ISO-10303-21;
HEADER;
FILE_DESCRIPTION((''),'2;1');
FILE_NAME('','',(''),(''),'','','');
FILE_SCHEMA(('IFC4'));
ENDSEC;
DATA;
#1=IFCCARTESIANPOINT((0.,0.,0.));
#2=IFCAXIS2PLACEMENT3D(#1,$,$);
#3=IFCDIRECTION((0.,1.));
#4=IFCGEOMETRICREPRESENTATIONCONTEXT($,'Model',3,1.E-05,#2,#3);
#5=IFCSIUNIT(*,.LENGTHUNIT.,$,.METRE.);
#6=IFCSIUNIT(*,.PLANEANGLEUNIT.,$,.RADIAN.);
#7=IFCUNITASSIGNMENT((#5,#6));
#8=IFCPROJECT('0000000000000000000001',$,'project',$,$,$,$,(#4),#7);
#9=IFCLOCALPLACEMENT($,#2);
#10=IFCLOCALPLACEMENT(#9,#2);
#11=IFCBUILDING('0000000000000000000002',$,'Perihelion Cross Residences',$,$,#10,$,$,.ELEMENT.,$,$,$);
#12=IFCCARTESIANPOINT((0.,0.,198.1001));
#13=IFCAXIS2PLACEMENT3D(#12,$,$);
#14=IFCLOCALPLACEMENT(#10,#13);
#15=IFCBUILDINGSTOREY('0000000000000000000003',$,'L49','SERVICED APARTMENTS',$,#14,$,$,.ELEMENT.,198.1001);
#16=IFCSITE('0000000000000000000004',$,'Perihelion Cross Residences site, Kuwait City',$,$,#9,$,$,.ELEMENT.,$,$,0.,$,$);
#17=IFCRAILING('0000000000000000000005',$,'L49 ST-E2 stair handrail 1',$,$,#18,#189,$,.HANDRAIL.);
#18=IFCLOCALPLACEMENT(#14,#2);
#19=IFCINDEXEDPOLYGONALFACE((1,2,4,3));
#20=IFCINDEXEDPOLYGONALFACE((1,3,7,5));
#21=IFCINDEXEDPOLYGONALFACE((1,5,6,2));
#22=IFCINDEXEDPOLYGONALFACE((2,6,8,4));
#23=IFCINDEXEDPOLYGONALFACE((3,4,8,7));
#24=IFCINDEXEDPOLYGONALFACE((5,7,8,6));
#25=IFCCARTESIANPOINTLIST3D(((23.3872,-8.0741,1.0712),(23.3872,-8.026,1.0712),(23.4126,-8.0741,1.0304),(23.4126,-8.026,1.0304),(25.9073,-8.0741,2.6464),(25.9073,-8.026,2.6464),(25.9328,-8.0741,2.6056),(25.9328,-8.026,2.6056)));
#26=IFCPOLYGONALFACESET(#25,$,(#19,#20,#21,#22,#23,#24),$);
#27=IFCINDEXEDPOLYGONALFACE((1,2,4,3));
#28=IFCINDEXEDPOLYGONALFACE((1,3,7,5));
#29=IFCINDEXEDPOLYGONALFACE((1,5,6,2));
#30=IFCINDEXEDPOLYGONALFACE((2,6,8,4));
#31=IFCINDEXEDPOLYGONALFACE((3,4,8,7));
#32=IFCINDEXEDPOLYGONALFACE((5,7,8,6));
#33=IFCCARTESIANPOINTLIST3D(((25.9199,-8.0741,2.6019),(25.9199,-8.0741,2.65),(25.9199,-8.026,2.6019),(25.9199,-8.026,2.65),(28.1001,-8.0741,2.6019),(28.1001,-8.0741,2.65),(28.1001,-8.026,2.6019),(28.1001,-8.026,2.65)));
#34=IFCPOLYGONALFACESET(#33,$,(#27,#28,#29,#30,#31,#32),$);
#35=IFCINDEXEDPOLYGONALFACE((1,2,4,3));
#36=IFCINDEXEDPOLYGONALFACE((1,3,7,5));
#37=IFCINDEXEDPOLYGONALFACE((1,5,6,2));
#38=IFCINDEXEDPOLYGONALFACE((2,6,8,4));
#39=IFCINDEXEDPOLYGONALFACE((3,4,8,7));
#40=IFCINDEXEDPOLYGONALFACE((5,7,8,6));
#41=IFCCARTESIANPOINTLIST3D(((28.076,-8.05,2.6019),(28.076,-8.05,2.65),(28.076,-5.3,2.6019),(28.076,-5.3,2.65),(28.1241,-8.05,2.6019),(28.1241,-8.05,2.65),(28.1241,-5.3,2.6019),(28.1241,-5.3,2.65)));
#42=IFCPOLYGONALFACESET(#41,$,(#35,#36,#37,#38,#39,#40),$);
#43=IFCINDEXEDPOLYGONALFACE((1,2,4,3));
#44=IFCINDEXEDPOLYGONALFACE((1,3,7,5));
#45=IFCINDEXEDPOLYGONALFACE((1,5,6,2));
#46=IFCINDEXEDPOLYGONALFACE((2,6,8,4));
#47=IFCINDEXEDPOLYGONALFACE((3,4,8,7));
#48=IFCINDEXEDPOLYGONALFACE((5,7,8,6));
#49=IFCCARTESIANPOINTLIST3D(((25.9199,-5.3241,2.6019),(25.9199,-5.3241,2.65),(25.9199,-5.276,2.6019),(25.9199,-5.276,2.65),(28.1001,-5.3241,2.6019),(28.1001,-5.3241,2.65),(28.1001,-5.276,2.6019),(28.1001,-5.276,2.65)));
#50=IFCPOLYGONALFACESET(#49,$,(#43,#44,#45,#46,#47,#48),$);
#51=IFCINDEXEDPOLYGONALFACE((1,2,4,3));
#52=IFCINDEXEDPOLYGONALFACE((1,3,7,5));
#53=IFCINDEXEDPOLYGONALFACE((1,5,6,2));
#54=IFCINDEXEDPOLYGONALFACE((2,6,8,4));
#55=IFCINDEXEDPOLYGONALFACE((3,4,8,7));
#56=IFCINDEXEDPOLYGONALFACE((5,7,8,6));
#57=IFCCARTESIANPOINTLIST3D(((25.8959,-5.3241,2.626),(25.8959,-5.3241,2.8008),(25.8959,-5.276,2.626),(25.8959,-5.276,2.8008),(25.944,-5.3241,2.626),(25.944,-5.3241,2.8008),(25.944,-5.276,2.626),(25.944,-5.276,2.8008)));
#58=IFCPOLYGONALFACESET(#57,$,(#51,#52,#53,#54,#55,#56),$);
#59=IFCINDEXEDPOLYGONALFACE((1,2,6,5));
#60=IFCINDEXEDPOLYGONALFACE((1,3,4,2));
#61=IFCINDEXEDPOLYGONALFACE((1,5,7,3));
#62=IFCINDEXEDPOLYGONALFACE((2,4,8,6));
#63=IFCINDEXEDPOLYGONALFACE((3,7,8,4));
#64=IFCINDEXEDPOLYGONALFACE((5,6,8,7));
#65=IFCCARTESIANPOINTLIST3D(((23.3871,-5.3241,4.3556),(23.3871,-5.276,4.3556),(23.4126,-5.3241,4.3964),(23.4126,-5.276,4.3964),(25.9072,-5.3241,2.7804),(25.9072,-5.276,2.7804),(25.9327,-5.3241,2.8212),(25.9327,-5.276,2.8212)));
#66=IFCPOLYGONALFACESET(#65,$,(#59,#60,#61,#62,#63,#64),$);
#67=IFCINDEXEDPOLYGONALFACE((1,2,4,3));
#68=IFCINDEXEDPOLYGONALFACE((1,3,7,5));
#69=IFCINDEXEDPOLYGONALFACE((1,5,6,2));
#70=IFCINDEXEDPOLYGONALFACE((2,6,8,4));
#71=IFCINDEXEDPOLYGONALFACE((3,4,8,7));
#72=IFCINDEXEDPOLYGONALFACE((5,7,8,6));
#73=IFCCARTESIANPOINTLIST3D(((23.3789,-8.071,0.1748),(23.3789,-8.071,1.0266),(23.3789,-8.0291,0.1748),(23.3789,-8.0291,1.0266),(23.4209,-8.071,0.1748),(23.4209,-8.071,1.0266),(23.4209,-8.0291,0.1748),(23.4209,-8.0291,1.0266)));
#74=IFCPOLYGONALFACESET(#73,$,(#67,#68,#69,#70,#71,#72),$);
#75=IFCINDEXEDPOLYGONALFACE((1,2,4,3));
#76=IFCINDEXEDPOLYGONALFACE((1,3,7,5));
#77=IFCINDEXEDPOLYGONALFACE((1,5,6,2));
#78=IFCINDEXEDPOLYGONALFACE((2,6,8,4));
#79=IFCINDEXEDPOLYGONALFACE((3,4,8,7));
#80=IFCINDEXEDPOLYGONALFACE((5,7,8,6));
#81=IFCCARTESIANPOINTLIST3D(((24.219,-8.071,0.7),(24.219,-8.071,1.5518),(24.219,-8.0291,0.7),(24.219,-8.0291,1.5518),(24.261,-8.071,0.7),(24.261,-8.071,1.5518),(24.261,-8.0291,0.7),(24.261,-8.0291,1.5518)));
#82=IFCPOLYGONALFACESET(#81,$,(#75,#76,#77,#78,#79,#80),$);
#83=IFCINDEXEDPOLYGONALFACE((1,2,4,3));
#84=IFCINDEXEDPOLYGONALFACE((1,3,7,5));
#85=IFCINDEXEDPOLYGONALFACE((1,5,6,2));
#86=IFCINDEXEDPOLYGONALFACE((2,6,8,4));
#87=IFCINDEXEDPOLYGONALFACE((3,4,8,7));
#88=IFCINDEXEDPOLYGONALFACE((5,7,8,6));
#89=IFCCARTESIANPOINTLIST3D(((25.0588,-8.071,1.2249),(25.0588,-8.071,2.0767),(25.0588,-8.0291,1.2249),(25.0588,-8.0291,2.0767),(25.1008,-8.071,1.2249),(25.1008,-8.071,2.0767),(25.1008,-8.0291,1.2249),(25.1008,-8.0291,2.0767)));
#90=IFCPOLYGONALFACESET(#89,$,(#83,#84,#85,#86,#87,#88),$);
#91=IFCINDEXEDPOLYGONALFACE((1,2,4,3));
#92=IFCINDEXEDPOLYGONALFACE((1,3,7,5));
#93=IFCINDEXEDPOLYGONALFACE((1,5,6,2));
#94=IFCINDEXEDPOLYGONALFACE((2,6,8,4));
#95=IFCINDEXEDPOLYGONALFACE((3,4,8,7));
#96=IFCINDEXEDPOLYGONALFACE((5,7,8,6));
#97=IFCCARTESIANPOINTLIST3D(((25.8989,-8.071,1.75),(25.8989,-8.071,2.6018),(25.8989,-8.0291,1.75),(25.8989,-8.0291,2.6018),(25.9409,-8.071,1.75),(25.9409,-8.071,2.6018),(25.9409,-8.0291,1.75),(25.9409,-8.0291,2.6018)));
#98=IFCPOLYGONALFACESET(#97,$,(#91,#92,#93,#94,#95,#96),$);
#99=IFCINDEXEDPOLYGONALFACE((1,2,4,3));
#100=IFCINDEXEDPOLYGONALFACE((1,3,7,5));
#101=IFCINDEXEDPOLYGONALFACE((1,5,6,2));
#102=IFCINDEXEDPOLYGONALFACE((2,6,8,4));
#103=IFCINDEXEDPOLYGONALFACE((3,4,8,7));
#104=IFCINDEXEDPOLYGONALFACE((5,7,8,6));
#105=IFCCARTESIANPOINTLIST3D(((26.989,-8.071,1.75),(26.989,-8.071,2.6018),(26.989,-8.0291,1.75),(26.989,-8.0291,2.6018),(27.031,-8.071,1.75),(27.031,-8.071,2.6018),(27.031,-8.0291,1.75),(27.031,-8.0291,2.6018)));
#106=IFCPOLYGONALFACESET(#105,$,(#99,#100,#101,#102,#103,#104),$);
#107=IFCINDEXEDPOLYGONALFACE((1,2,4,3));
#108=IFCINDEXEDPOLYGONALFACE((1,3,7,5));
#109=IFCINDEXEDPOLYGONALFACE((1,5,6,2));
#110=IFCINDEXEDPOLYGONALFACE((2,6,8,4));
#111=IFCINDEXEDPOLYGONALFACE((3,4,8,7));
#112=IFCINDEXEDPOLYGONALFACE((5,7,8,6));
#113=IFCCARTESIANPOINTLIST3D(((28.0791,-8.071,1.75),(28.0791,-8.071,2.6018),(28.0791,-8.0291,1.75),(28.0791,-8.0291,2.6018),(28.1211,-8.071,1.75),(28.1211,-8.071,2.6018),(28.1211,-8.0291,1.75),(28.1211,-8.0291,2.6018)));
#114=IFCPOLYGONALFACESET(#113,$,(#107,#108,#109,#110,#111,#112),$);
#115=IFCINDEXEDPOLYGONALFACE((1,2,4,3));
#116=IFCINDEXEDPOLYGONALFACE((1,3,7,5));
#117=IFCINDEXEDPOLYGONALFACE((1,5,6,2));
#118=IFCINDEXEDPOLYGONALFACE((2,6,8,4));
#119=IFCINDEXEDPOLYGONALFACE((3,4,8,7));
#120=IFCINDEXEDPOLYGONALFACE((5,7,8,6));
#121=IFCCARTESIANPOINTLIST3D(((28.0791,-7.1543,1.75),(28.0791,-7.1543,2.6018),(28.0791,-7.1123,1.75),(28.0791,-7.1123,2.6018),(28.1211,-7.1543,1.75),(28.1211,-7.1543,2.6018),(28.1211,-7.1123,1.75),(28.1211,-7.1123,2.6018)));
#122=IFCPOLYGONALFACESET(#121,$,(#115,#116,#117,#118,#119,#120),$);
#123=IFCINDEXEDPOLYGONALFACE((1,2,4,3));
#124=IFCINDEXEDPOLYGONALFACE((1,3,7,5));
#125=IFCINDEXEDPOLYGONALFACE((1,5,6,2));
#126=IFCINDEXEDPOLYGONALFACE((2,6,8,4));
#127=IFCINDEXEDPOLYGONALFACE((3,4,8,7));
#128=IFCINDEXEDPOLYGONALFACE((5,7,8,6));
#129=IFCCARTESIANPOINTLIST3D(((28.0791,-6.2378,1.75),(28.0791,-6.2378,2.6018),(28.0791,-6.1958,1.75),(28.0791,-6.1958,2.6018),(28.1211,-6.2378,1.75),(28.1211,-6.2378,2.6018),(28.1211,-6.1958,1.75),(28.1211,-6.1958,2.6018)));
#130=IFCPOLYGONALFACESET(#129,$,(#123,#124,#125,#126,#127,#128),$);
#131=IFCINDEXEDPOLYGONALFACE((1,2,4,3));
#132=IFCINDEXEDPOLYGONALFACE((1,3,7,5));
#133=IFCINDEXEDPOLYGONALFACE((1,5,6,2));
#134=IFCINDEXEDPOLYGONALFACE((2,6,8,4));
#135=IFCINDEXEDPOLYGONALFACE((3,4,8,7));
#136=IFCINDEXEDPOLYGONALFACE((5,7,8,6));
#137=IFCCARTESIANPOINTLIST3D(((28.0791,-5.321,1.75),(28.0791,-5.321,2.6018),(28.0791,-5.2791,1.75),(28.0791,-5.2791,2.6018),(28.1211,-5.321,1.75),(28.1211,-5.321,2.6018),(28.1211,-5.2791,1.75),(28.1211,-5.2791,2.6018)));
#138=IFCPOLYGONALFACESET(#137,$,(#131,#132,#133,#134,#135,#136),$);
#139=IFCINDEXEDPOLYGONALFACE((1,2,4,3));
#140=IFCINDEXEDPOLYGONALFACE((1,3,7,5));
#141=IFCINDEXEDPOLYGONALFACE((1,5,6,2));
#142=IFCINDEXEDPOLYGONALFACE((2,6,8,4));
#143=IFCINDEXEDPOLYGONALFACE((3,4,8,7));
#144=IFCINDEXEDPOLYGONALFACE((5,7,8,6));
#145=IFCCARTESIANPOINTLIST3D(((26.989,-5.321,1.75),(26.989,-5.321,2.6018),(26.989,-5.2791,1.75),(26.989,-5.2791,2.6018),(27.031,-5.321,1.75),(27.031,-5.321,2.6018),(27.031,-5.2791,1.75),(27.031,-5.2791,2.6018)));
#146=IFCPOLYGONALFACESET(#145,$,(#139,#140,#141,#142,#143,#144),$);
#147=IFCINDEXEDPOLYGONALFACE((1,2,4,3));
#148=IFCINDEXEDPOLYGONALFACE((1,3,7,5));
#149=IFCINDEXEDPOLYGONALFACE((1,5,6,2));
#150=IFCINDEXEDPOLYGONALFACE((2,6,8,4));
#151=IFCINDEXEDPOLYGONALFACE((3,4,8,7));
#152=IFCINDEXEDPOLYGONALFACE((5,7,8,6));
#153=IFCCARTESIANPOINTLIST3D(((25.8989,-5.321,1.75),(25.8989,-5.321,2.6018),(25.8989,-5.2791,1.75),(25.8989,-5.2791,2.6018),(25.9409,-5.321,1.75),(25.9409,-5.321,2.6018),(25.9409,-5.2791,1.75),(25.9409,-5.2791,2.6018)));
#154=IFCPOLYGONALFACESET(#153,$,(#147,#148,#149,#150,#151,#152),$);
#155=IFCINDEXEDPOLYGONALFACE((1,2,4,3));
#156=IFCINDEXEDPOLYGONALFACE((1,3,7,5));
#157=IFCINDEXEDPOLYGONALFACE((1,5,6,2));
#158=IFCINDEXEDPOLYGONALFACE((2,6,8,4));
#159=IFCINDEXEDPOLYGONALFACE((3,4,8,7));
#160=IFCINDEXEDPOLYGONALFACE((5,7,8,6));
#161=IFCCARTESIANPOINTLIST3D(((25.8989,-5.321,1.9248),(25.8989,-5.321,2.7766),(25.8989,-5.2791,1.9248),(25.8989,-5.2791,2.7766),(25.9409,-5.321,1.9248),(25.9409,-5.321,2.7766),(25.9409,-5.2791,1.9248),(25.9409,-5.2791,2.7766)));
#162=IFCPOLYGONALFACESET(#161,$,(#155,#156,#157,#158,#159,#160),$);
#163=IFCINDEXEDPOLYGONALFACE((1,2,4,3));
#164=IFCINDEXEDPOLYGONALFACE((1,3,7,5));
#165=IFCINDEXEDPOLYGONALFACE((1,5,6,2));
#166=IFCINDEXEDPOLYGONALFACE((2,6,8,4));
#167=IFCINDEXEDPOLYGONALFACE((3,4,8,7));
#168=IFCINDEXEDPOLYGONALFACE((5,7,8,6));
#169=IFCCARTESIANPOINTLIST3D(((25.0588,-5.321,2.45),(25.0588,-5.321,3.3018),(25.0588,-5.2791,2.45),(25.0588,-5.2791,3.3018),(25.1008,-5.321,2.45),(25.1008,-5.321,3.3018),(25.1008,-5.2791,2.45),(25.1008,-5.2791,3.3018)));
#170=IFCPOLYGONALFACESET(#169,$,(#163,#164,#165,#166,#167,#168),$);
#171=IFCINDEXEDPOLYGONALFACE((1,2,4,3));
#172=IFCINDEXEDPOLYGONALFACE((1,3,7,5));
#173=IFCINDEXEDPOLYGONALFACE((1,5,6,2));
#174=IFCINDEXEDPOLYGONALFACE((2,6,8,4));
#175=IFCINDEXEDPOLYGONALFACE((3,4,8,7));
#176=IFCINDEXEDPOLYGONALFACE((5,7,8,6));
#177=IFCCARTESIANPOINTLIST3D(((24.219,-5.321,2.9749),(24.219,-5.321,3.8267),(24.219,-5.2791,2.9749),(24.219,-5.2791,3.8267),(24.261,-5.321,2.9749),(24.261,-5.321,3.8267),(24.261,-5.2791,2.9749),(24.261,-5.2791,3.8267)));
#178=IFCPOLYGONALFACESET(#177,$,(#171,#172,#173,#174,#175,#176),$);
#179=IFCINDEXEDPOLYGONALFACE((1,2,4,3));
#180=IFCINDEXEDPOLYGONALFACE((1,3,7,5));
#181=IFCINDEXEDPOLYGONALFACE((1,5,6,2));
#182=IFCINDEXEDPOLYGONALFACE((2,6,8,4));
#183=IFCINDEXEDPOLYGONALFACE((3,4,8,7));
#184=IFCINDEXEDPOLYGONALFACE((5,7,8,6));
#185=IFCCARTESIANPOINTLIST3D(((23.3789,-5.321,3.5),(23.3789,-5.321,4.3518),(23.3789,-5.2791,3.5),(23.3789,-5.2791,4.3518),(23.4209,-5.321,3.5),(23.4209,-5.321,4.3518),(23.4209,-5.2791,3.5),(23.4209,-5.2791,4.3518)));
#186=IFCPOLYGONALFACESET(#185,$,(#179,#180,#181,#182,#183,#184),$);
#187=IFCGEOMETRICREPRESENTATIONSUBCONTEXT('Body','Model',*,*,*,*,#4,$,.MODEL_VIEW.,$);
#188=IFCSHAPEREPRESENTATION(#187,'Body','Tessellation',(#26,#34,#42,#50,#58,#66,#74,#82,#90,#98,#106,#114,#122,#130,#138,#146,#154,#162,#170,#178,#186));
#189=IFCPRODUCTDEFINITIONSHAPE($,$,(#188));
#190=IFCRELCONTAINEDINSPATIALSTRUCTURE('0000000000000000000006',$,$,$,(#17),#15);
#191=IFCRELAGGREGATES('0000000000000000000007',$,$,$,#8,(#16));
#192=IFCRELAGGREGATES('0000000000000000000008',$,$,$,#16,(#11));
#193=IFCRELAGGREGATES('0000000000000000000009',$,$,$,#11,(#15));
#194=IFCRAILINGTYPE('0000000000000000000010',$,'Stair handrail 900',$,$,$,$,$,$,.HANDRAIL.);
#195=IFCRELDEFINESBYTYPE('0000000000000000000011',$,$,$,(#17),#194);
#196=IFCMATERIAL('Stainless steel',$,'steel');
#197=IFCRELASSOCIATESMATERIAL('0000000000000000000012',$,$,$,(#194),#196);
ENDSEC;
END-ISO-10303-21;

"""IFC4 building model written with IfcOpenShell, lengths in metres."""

from ifc_helpers import new_model, si_unit, direction, frame, origin, origin_2d, place, context, subcontext, project, spatial, rectangle, extrude, material, type_object, element, save


model = new_model("IFC4")

# Units and contexts
model_context = context("Model", 3, precision=1e-05, world=origin(), true_north=direction((0.0, 1.0)))
body_context = subcontext(model_context, "Body", "Model", "MODEL_VIEW")
ifc_project = project(units=[si_unit("LENGTHUNIT", "METRE"), si_unit("PLANEANGLEUNIT", "RADIAN")], contexts=[model_context])

# Site, building, storey
site_placement = place(None, origin())
site = spatial("IfcSite", under=ifc_project, at=site_placement, Name="Perihelion Cross Residences site, Kuwait City", CompositionType="ELEMENT", RefElevation=0.0)
building_placement = place(site_placement, origin())
building = spatial("IfcBuilding", under=site, at=building_placement, Name="Perihelion Cross Residences", CompositionType="ELEMENT")
storey_placement = place(building_placement, frame((0.0, 0.0, 198.1001)))
storey = spatial("IfcBuildingStorey", under=building, at=storey_placement, Name="L49", Description="SERVICED APARTMENTS", CompositionType="ELEMENT", Elevation=198.1001)

# Railing
ifc_material_1 = material(Name="Stainless steel", Category="steel")
railing_type_1 = type_object("IfcRailingType", Name="Stair handrail 900", PredefinedType="HANDRAIL", material=ifc_material_1)
railing_1_placement = place(storey_placement, frame((23.3999, -8.05, 0.1748)))
element("IfcRailing", 1, at=railing_1_placement, inside=storey, type_object=railing_type_1, Name="L49 ST-E2 stair handrail 1", PredefinedType="HANDRAIL", context=body_context, shape_type="SweptSolid", body=[
    extrude(rectangle(XDim=0.0481, YDim=0.0481, at=origin_2d()), frame((0.0, 0.0, 0.876), z_axis=(0.847971, 0.0, 0.530043), x_axis=(0.0, 1.0, 0.0)), (0.0, 0.0, 1.0), 2.9719),
    extrude(rectangle(XDim=0.0481, YDim=0.0481, at=origin_2d()), frame((2.52, 0.0, 2.4512), z_axis=(1.0, 0.0, 0.0), x_axis=(0.0, 1.0, 0.0)), (0.0, 0.0, 1.0), 2.1802),
    extrude(rectangle(XDim=0.0481, YDim=0.0481, at=origin_2d()), frame((4.7002, 0.0, 2.4512), z_axis=(0.0, 1.0, 0.0), x_axis=(-1.0, 0.0, 0.0)), (0.0, 0.0, 1.0), 2.75),
    extrude(rectangle(XDim=0.0481, YDim=0.0481, at=origin_2d()), frame((4.7002, 2.75, 2.4512), z_axis=(-1.0, 0.0, 0.0), x_axis=(0.0, -1.0, 0.0)), (0.0, 0.0, 1.0), 2.1802),
    extrude(rectangle(XDim=0.0481, YDim=0.0481, at=origin_2d()), frame((2.52, 2.75, 2.4512), z_axis=(0.0, 0.0, 1.0), x_axis=(1.0, 0.0, 0.0)), (0.0, 0.0, 1.0), 0.1748),
    extrude(rectangle(XDim=0.0481, YDim=0.0481, at=origin_2d()), frame((2.52, 2.75, 2.626), z_axis=(-0.847971, 0.0, 0.530043), x_axis=(0.0, -1.0, 0.0)), (0.0, 0.0, 1.0), 2.9719),
    extrude(rectangle(XDim=0.042, YDim=0.042, at=origin_2d()), origin(), (0.0, 0.0, 1.0), 0.8518),
    extrude(rectangle(XDim=0.042, YDim=0.042, at=origin_2d()), frame((0.8401, 0.0, 0.5251)), (0.0, 0.0, 1.0), 0.8518),
    extrude(rectangle(XDim=0.042, YDim=0.042, at=origin_2d()), frame((1.6799, 0.0, 1.05)), (0.0, 0.0, 1.0), 0.8518),
    extrude(rectangle(XDim=0.042, YDim=0.042, at=origin_2d()), frame((2.52, 0.0, 1.5752)), (0.0, 0.0, 1.0), 0.8518),
    extrude(rectangle(XDim=0.042, YDim=0.042, at=origin_2d()), frame((3.6101, 0.0, 1.5752)), (0.0, 0.0, 1.0), 0.8518),
    extrude(rectangle(XDim=0.042, YDim=0.042, at=origin_2d()), frame((4.7002, 0.0, 1.5752)), (0.0, 0.0, 1.0), 0.8518),
    extrude(rectangle(XDim=0.042, YDim=0.042, at=origin_2d()), frame((4.7002, 0.9167, 1.5752)), (0.0, 0.0, 1.0), 0.8518),
    extrude(rectangle(XDim=0.042, YDim=0.042, at=origin_2d()), frame((4.7002, 1.8333, 1.5752)), (0.0, 0.0, 1.0), 0.8518),
    extrude(rectangle(XDim=0.042, YDim=0.042, at=origin_2d()), frame((4.7002, 2.75, 1.5752)), (0.0, 0.0, 1.0), 0.8518),
    extrude(rectangle(XDim=0.042, YDim=0.042, at=origin_2d()), frame((3.6101, 2.75, 1.5752)), (0.0, 0.0, 1.0), 0.8518),
    extrude(rectangle(XDim=0.042, YDim=0.042, at=origin_2d()), frame((2.52, 2.75, 1.5752)), (0.0, 0.0, 1.0), 0.8518),
    extrude(rectangle(XDim=0.042, YDim=0.042, at=origin_2d()), frame((2.52, 2.75, 1.75)), (0.0, 0.0, 1.0), 0.8518),
    extrude(rectangle(XDim=0.042, YDim=0.042, at=origin_2d()), frame((1.6799, 2.75, 2.2751)), (0.0, 0.0, 1.0), 0.8518),
    extrude(rectangle(XDim=0.042, YDim=0.042, at=origin_2d()), frame((0.8401, 2.75, 2.8)), (0.0, 0.0, 1.0), 0.8518),
    extrude(rectangle(XDim=0.042, YDim=0.042, at=origin_2d()), frame((0.0, 2.75, 3.3252)), (0.0, 0.0, 1.0), 0.8518),
])

save(model, "model.ifc")
